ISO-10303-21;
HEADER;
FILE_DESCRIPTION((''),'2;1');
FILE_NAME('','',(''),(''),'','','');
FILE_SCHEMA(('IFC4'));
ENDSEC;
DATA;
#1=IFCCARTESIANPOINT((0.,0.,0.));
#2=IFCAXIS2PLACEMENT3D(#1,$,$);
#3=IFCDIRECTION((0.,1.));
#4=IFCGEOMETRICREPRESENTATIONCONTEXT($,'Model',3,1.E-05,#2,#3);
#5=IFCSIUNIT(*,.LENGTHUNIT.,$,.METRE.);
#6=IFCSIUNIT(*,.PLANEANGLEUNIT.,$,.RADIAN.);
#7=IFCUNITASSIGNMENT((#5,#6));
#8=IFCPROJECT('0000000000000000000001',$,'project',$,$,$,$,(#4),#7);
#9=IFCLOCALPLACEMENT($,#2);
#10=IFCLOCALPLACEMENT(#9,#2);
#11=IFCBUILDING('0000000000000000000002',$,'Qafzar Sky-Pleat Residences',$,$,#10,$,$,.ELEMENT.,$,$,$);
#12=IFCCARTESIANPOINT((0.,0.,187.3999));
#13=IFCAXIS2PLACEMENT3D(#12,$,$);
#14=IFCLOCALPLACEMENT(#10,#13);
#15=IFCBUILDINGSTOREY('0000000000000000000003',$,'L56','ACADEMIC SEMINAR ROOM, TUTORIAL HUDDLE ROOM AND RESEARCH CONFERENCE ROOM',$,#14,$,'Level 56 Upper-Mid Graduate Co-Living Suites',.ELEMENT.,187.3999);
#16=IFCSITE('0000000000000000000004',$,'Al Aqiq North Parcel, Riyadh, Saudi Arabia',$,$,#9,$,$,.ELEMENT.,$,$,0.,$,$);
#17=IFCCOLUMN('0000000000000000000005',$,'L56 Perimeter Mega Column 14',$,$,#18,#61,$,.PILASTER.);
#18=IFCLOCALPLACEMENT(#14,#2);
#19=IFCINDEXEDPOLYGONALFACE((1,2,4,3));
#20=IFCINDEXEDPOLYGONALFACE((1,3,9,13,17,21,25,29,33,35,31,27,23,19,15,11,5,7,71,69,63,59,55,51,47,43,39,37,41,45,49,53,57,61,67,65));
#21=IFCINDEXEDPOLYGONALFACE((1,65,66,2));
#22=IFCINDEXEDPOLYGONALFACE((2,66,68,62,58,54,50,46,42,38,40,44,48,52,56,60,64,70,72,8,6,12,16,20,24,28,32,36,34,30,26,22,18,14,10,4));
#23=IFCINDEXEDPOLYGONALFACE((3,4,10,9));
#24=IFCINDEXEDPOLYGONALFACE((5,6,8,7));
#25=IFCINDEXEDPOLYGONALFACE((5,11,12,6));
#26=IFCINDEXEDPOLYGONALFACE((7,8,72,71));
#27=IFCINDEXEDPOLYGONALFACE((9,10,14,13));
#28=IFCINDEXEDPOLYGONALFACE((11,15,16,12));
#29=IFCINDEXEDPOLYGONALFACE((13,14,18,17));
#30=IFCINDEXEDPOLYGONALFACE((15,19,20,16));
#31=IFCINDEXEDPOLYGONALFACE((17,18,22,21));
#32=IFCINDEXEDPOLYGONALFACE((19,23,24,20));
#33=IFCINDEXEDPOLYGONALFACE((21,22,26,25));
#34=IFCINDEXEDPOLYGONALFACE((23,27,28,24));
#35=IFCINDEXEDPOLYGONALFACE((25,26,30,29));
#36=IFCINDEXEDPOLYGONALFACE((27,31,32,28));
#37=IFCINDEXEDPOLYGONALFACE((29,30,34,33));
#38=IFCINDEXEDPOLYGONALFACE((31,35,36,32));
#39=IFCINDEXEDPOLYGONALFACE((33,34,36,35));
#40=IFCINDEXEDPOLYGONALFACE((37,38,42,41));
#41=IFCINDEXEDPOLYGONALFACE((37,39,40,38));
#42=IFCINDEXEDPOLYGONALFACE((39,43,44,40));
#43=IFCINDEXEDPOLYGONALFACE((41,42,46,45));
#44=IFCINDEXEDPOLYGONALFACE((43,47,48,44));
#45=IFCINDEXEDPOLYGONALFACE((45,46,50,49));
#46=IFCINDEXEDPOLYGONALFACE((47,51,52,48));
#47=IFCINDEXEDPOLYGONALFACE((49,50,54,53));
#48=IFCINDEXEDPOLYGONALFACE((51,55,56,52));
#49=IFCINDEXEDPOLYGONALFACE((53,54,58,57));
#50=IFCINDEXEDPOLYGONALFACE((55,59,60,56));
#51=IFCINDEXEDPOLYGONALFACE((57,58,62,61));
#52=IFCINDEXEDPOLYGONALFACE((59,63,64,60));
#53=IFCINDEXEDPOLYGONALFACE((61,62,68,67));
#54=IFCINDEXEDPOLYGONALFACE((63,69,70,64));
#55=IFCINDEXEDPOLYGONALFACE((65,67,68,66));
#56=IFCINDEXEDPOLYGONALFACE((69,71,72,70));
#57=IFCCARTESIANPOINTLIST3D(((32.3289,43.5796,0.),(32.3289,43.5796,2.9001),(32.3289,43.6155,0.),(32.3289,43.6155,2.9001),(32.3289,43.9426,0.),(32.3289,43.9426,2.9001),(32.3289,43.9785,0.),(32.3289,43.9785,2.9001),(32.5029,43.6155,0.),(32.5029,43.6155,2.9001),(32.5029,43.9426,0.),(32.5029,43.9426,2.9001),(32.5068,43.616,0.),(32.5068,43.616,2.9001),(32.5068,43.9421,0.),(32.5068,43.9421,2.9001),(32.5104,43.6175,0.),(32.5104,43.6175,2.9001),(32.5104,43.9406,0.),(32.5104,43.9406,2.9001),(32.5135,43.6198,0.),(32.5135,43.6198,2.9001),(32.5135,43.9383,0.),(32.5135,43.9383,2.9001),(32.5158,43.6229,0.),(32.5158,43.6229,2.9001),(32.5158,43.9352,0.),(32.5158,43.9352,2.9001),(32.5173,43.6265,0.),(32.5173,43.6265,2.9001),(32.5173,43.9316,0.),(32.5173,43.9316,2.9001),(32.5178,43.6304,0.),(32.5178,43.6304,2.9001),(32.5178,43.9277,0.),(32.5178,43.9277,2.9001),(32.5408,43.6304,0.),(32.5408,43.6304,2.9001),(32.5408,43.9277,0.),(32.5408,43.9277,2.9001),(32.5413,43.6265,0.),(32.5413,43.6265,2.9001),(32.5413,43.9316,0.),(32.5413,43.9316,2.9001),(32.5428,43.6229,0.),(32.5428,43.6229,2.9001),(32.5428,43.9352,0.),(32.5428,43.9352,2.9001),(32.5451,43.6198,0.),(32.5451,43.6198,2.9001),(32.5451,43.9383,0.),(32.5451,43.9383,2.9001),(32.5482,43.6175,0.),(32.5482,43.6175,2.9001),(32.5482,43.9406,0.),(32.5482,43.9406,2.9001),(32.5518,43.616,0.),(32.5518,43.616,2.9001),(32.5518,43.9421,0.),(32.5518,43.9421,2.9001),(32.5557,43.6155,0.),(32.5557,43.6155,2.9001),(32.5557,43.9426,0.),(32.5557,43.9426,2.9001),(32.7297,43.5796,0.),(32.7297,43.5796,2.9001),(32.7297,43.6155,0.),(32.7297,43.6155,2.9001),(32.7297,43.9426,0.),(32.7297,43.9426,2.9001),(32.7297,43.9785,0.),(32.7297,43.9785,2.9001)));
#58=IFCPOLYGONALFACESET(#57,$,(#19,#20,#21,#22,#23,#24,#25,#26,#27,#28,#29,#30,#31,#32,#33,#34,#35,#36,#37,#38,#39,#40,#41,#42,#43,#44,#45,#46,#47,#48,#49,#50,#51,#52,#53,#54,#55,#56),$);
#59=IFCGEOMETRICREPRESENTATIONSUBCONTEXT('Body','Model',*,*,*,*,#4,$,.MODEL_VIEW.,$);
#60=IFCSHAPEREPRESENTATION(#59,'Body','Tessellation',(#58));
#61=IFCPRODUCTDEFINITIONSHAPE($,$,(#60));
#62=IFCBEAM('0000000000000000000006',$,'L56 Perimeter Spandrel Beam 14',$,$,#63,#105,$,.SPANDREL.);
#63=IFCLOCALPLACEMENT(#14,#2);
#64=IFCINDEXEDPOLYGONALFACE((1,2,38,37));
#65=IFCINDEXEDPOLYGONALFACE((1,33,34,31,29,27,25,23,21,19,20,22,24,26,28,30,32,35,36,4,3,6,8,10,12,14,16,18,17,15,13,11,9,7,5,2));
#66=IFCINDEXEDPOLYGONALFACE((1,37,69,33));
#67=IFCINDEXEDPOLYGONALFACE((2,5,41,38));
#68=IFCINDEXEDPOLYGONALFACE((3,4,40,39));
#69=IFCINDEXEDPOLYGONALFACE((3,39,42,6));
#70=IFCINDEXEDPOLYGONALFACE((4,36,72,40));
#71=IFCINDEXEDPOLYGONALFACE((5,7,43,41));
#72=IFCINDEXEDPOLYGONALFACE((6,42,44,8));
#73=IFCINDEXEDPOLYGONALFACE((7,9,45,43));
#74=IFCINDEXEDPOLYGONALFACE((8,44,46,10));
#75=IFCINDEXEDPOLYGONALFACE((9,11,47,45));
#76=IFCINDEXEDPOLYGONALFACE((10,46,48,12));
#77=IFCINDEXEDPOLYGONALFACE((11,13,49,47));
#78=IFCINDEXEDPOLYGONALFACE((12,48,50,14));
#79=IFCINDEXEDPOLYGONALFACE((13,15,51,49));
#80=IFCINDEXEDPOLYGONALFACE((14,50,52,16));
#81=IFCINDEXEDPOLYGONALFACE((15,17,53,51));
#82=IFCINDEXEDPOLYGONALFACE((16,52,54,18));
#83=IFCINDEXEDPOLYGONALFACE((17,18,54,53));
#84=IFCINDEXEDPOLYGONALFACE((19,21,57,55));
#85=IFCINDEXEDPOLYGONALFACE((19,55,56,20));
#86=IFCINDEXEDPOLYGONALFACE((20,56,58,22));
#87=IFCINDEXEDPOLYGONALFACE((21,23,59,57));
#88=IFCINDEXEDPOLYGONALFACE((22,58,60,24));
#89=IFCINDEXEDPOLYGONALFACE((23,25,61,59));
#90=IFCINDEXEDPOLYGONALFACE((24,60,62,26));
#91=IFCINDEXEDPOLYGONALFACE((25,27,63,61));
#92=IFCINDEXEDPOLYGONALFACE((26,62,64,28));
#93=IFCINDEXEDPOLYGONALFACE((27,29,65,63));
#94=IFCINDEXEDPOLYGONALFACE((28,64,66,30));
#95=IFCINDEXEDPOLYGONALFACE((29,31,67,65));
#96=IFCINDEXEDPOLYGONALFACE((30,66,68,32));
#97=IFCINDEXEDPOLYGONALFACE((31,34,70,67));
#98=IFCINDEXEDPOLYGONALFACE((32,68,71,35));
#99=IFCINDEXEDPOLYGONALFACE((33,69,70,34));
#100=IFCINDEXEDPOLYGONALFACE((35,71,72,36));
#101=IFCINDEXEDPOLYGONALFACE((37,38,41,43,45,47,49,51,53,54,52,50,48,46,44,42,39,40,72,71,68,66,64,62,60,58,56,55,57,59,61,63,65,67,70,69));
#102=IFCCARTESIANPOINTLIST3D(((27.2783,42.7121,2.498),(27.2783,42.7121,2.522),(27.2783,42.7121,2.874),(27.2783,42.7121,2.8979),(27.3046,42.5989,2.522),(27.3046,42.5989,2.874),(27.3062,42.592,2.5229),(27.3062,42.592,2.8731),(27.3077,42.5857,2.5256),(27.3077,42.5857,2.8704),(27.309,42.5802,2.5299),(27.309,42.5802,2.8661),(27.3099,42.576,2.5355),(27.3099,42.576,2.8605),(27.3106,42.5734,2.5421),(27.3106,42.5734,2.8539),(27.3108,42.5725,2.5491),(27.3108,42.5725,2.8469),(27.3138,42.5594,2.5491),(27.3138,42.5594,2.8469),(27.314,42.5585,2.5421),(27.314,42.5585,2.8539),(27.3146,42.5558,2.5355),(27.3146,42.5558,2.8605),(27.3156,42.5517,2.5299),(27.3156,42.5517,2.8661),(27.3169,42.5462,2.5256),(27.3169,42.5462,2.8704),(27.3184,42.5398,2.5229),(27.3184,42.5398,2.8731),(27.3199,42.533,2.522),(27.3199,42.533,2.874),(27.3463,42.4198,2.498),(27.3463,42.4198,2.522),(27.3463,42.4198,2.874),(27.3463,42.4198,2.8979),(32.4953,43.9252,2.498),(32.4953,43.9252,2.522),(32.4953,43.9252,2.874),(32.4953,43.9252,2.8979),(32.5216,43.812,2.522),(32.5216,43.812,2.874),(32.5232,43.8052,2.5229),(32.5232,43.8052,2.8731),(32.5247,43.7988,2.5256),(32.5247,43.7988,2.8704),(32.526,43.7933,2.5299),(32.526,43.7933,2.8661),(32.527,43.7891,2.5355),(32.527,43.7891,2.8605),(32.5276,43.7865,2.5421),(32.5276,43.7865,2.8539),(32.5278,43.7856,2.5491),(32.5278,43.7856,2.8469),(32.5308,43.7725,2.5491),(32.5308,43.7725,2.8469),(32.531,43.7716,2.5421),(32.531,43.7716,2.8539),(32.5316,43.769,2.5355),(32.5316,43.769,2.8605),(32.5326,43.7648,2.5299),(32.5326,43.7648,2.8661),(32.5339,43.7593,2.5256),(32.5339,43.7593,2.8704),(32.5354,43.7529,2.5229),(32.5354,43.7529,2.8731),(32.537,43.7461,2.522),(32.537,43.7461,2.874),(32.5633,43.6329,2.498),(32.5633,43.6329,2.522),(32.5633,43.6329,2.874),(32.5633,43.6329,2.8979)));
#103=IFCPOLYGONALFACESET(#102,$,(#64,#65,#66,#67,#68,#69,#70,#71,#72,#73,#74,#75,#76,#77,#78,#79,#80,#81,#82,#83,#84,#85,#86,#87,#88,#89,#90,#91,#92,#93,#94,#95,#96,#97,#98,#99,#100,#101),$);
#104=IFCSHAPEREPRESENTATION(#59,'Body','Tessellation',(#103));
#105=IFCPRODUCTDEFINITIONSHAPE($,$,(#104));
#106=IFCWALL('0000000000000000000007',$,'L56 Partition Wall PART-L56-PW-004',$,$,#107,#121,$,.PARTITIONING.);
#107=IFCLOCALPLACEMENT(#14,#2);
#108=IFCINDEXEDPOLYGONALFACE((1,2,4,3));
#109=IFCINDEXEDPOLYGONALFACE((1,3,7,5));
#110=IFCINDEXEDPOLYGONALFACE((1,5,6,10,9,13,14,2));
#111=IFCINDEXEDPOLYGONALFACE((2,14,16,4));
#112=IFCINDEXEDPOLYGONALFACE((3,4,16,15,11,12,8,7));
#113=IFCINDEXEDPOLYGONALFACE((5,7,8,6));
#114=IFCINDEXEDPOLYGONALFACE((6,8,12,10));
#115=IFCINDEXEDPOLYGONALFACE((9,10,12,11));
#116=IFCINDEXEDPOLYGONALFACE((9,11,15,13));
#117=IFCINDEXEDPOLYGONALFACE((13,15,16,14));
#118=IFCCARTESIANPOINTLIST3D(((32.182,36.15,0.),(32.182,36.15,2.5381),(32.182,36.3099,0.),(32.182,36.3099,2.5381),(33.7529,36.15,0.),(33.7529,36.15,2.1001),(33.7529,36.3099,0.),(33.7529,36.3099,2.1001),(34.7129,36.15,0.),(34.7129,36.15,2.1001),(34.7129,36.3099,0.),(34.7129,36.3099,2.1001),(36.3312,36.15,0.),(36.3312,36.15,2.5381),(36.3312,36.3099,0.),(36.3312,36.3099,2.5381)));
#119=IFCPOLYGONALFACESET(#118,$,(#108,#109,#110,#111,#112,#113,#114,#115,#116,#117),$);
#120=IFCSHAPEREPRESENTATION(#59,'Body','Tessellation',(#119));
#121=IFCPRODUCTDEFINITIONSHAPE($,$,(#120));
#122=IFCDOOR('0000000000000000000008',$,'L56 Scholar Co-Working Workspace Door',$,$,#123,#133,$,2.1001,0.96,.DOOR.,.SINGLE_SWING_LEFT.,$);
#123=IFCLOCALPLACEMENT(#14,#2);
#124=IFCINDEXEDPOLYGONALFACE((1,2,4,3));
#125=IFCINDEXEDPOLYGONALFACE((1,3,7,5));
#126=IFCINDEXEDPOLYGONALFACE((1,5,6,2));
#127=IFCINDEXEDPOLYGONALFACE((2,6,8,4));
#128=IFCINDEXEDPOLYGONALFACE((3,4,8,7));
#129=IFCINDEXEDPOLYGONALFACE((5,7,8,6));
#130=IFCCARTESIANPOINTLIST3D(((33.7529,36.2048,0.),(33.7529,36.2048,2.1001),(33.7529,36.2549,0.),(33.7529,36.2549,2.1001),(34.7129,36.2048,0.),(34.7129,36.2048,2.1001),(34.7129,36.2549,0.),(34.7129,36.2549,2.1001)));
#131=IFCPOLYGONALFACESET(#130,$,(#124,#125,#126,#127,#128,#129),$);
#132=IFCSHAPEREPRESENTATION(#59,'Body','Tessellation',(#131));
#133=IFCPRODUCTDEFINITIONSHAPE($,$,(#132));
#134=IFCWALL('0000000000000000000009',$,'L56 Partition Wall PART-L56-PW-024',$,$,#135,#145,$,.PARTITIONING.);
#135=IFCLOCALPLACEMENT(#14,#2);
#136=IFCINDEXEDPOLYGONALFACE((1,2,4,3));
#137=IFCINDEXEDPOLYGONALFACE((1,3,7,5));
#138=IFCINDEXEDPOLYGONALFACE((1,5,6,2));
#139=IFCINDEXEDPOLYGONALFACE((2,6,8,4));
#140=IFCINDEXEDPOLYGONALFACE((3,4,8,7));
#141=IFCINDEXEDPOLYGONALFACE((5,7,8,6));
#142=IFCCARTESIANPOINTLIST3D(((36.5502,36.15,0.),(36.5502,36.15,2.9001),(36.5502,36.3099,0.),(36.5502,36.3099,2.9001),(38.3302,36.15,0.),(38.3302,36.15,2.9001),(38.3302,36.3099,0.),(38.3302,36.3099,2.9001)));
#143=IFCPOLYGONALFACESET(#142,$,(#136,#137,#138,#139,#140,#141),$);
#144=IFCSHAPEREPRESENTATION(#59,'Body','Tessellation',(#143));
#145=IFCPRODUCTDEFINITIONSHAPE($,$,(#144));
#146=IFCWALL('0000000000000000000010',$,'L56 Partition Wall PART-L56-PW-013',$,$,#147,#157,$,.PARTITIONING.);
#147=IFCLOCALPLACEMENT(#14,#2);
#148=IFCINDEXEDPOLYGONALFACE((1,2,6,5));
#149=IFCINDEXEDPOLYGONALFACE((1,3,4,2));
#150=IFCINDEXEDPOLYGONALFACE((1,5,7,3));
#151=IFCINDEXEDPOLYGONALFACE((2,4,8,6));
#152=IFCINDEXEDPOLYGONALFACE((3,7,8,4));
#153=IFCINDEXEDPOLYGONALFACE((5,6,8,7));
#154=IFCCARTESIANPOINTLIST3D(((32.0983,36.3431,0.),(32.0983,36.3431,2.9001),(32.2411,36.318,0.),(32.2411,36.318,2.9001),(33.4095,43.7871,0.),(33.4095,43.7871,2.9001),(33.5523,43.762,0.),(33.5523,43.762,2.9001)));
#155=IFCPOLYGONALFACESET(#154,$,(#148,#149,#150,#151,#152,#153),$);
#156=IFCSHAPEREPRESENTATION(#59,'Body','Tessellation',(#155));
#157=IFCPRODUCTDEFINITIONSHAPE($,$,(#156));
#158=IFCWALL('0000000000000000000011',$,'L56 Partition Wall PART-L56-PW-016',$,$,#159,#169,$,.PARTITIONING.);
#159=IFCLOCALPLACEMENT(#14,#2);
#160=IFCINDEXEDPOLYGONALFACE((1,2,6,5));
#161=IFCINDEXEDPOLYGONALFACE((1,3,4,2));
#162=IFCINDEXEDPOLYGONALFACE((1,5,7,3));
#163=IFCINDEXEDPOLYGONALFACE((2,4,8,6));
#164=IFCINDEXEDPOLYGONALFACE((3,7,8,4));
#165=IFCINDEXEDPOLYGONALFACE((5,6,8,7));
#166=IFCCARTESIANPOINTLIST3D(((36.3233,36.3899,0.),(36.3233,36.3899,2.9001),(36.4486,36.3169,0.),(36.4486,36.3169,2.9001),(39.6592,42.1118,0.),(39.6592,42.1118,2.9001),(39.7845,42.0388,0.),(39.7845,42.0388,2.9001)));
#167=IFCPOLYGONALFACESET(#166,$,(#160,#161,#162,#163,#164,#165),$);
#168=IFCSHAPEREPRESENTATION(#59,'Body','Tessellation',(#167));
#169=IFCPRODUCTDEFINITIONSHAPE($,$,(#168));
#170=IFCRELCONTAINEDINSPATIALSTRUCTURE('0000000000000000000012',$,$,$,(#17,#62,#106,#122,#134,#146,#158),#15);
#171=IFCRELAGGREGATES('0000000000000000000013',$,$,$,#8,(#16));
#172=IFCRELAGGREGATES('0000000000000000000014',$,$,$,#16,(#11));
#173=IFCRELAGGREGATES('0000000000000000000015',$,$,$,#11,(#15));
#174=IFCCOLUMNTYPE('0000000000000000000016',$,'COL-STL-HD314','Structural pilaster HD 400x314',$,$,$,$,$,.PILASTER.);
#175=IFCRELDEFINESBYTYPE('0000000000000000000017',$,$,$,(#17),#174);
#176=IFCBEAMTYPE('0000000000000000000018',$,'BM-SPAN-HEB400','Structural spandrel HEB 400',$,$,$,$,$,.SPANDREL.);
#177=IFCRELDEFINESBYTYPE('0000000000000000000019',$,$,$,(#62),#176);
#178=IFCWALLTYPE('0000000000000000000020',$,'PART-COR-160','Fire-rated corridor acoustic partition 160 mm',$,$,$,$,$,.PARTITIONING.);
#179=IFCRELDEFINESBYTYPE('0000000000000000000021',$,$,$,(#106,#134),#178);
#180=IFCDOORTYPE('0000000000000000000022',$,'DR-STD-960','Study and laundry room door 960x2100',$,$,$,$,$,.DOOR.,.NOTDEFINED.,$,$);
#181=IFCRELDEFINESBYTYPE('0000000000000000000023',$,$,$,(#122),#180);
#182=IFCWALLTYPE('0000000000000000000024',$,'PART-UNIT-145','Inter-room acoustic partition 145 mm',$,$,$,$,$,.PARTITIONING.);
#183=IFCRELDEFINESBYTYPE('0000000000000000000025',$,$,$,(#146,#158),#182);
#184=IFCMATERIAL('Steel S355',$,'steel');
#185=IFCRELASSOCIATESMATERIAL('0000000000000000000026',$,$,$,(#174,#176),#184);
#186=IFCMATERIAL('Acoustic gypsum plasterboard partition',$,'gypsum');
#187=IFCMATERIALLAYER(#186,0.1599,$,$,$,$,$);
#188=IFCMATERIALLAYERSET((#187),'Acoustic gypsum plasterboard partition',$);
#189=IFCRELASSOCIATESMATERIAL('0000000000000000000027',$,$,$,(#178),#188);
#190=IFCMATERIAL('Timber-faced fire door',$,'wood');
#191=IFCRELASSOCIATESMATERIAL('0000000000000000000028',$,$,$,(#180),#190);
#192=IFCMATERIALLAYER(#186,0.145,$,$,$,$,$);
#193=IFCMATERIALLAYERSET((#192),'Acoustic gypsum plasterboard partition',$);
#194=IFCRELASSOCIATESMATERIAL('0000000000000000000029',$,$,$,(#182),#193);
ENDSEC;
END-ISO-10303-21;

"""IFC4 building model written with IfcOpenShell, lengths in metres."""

from ifc_helpers import new_model, si_unit, direction, frame, frame_2d, origin, origin_2d, place, context, subcontext, project, spatial, rectangle, i_section, extrude, source, transform, mapped, material, layer, layer_set, material_profile, profile_set, type_object, element, fill, save


model = new_model("IFC4")

# Units and contexts
model_context = context("Model", 3, precision=1e-05, world=origin(), true_north=direction((0.0, 1.0)))
body_context = subcontext(model_context, "Body", "Model", "MODEL_VIEW")
ifc_project = project(units=[si_unit("LENGTHUNIT", "METRE"), si_unit("PLANEANGLEUNIT", "RADIAN")], contexts=[model_context])

# Site, building, storey
site_placement = place(None, origin())
site = spatial("IfcSite", under=ifc_project, at=site_placement, Name="Al Aqiq North Parcel, Riyadh, Saudi Arabia", CompositionType="ELEMENT", RefElevation=0.0)
building_placement = place(site_placement, origin())
building = spatial("IfcBuilding", under=site, at=building_placement, Name="Qafzar Sky-Pleat Residences", CompositionType="ELEMENT")
storey_placement = place(building_placement, frame((0.0, 0.0, 187.3999)))
storey = spatial("IfcBuildingStorey", under=building, at=storey_placement, Name="L56", Description="ACADEMIC SEMINAR ROOM, TUTORIAL HUDDLE ROOM AND RESEARCH CONFERENCE ROOM", LongName="Level 56 Upper-Mid Graduate Co-Living Suites", CompositionType="ELEMENT", Elevation=187.3999)

# Column
ifc_material_1 = material(Name="Steel S355", Category="steel")
ifc_material_profile_1 = material_profile(ifc_material_1, i_section(OverallWidth=0.4009, OverallDepth=0.3989, WebThickness=0.0229, FlangeThickness=0.0359, FilletRadius=0.0149, at=origin_2d()), Name="HD 400x314")
ifc_profile_set_1 = profile_set([ifc_material_profile_1], Name="Steel S355")
column_type = type_object("IfcColumnType", Name="COL-STL-HD314", Description="Structural pilaster HD 400x314", PredefinedType="PILASTER", material=ifc_profile_set_1)
shared_shape_1 = source(origin(), body_context, "Body", "SweptSolid", [
    extrude(i_section(OverallWidth=0.4009, OverallDepth=0.3989, WebThickness=0.0229, FlangeThickness=0.0359, FilletRadius=0.0149, at=origin_2d()), origin(), (0.0, 0.0, 1.0), 2.9001),
])
column_placement = place(storey_placement, frame((32.5293, 43.7791, 0.0), z_axis=(0.0, 0.0, 1.0), x_axis=(1.0, 0.0, 0.0)))
element("IfcColumn", 1, at=column_placement, inside=storey, type_object=column_type, Name="L56 Perimeter Mega Column 14", PredefinedType="PILASTER", context=body_context, shape_type="MappedRepresentation", body=[
    mapped(shared_shape_1, transform((0.0, 0.0, 0.0), x_axis=(1.0, 0.0, 0.0), y_axis=(0.0, 1.0, 0.0), z_axis=(0.0, 0.0, 1.0), scale=1.0)),
])

# Beam
ifc_material_profile_2 = material_profile(ifc_material_1, i_section(OverallWidth=0.3, OverallDepth=0.3999, WebThickness=0.0134, FlangeThickness=0.0239, FilletRadius=0.0271, at=origin_2d()), Name="HEB 400")
ifc_profile_set_2 = profile_set([ifc_material_profile_2], Name="Steel S355")
beam_type = type_object("IfcBeamType", Name="BM-SPAN-HEB400", Description="Structural spandrel HEB 400", PredefinedType="SPANDREL", material=ifc_profile_set_2)
shared_shape_2 = source(origin(), body_context, "Body", "SweptSolid", [
    extrude(i_section(OverallWidth=0.3, OverallDepth=0.3999, WebThickness=0.0134, FlangeThickness=0.0239, FilletRadius=0.0271, at=origin_2d()), origin(), (0.0, 0.0, 1.0), 5.3562),
])
beam_placement = place(storey_placement, frame((32.5293, 43.7791, 2.698), z_axis=(-0.974013, -0.22649, 0.0), x_axis=(0.22649, -0.974013, 0.0)))
element("IfcBeam", 2, at=beam_placement, inside=storey, type_object=beam_type, Name="L56 Perimeter Spandrel Beam 14", PredefinedType="SPANDREL", context=body_context, shape_type="MappedRepresentation", body=[
    mapped(shared_shape_2, transform((0.0, 0.0, 0.0), x_axis=(1.0, 0.0, 0.0), y_axis=(0.0, 1.0, 0.0), z_axis=(0.0, 0.0, 1.0), scale=1.0)),
])

# Wall, opening, door
ifc_material_2 = material(Name="Acoustic gypsum plasterboard partition", Category="gypsum")
ifc_layer_1 = layer(ifc_material_2, 0.1599)
ifc_layer_set_1 = layer_set([ifc_layer_1], Name="Acoustic gypsum plasterboard partition")
wall_type_1 = type_object("IfcWallType", Name="PART-COR-160", Description="Fire-rated corridor acoustic partition 160 mm", PredefinedType="PARTITIONING", material=ifc_layer_set_1)
wall_1_placement = place(storey_placement, frame((32.1819, 36.23, 0.0), z_axis=(0.0, 0.0, 1.0), x_axis=(1.0, 0.0, 0.0)))
wall_1 = element("IfcWall", 3, at=wall_1_placement, inside=storey, type_object=wall_type_1, Name="L56 Partition Wall PART-L56-PW-004", PredefinedType="PARTITIONING", context=body_context, shape_type="SweptSolid", body=[
    extrude(rectangle(XDim=4.1492, YDim=0.1599, at=frame_2d((2.0747, 0.0))), origin(), (0.0, 0.0, 1.0), 2.5381),
])
opening_1_placement = place(wall_1_placement, frame((1.571, 0.0, 0.0)))
opening_1 = element("IfcOpeningElement", 4, at=opening_1_placement, cuts=wall_1, PredefinedType="OPENING", context=body_context, shape_type="SweptSolid", body=[
    extrude(rectangle(XDim=0.96, YDim=2.1001, at=frame_2d((0.48, 1.05))), frame((0.0, 0.0898, 0.0), z_axis=(0.0, -1.0, 0.0), x_axis=(1.0, 0.0, 0.0)), (0.0, 0.0, 1.0), 0.1799),
])
ifc_material_3 = material(Name="Timber-faced fire door", Category="wood")
door_type_1 = type_object("IfcDoorType", Name="DR-STD-960", Description="Study and laundry room door 960x2100", OperationType="NOTDEFINED", PredefinedType="DOOR", material=ifc_material_3)
shared_shape_3 = source(origin(), body_context, "Body", "SweptSolid", [
    extrude(rectangle(XDim=0.96, YDim=2.1001, at=frame_2d((0.48, 1.05))), frame((0.0, 0.0249, 0.0), z_axis=(0.0, -1.0, 0.0), x_axis=(1.0, 0.0, 0.0)), (0.0, 0.0, 1.0), 0.05),
])
door_1_placement = place(opening_1_placement, origin())
door_1 = element("IfcDoor", 5, at=door_1_placement, inside=storey, type_object=door_type_1, Name="L56 Scholar Co-Working Workspace Door", OperationType="SINGLE_SWING_LEFT", OverallHeight=2.1001, OverallWidth=0.96, PredefinedType="DOOR", context=body_context, shape_type="MappedRepresentation", body=[
    mapped(shared_shape_3, transform((0.0, 0.0, 0.0), x_axis=(1.0, 0.0, 0.0), y_axis=(0.0, 1.0, 0.0), z_axis=(0.0, 0.0, 1.0), scale=1.0)),
])
fill(opening_1, door_1)

# Walls
wall_2_placement = place(storey_placement, frame((36.55, 36.23, 0.0), z_axis=(0.0, 0.0, 1.0), x_axis=(1.0, 0.0, 0.0)))
element("IfcWall", 6, at=wall_2_placement, inside=storey, type_object=wall_type_1, Name="L56 Partition Wall PART-L56-PW-024", PredefinedType="PARTITIONING", context=body_context, shape_type="SweptSolid", body=[
    extrude(rectangle(XDim=1.78, YDim=0.1599, at=frame_2d((0.8901, 0.0))), origin(), (0.0, 0.0, 1.0), 2.9001),
])
ifc_layer_2 = layer(ifc_material_2, 0.145)
ifc_layer_set_2 = layer_set([ifc_layer_2], Name="Acoustic gypsum plasterboard partition")
wall_type_2 = type_object("IfcWallType", Name="PART-UNIT-145", Description="Inter-room acoustic partition 145 mm", PredefinedType="PARTITIONING", material=ifc_layer_set_2)
wall_3_placement = place(storey_placement, frame((32.1697, 36.3306, 0.0), z_axis=(0.0, 0.0, 1.0), x_axis=(0.173479, 0.984837, 0.0)))
element("IfcWall", 7, at=wall_3_placement, inside=storey, type_object=wall_type_2, Name="L56 Partition Wall PART-L56-PW-013", PredefinedType="PARTITIONING", context=body_context, shape_type="SweptSolid", body=[
    extrude(rectangle(XDim=7.5586, YDim=0.145, at=frame_2d((3.7793, 0.0))), origin(), (0.0, 0.0, 1.0), 2.9001),
])
wall_4_placement = place(storey_placement, frame((36.386, 36.3535, 0.0), z_axis=(0.0, 0.0, 1.0), x_axis=(0.503662, 0.863901, 0.0)))
element("IfcWall", 8, at=wall_4_placement, inside=storey, type_object=wall_type_2, Name="L56 Partition Wall PART-L56-PW-016", PredefinedType="PARTITIONING", context=body_context, shape_type="SweptSolid", body=[
    extrude(rectangle(XDim=6.6233, YDim=0.145, at=frame_2d((3.3115, 0.0))), origin(), (0.0, 0.0, 1.0), 2.9001),
])

save(model, "model.ifc")
